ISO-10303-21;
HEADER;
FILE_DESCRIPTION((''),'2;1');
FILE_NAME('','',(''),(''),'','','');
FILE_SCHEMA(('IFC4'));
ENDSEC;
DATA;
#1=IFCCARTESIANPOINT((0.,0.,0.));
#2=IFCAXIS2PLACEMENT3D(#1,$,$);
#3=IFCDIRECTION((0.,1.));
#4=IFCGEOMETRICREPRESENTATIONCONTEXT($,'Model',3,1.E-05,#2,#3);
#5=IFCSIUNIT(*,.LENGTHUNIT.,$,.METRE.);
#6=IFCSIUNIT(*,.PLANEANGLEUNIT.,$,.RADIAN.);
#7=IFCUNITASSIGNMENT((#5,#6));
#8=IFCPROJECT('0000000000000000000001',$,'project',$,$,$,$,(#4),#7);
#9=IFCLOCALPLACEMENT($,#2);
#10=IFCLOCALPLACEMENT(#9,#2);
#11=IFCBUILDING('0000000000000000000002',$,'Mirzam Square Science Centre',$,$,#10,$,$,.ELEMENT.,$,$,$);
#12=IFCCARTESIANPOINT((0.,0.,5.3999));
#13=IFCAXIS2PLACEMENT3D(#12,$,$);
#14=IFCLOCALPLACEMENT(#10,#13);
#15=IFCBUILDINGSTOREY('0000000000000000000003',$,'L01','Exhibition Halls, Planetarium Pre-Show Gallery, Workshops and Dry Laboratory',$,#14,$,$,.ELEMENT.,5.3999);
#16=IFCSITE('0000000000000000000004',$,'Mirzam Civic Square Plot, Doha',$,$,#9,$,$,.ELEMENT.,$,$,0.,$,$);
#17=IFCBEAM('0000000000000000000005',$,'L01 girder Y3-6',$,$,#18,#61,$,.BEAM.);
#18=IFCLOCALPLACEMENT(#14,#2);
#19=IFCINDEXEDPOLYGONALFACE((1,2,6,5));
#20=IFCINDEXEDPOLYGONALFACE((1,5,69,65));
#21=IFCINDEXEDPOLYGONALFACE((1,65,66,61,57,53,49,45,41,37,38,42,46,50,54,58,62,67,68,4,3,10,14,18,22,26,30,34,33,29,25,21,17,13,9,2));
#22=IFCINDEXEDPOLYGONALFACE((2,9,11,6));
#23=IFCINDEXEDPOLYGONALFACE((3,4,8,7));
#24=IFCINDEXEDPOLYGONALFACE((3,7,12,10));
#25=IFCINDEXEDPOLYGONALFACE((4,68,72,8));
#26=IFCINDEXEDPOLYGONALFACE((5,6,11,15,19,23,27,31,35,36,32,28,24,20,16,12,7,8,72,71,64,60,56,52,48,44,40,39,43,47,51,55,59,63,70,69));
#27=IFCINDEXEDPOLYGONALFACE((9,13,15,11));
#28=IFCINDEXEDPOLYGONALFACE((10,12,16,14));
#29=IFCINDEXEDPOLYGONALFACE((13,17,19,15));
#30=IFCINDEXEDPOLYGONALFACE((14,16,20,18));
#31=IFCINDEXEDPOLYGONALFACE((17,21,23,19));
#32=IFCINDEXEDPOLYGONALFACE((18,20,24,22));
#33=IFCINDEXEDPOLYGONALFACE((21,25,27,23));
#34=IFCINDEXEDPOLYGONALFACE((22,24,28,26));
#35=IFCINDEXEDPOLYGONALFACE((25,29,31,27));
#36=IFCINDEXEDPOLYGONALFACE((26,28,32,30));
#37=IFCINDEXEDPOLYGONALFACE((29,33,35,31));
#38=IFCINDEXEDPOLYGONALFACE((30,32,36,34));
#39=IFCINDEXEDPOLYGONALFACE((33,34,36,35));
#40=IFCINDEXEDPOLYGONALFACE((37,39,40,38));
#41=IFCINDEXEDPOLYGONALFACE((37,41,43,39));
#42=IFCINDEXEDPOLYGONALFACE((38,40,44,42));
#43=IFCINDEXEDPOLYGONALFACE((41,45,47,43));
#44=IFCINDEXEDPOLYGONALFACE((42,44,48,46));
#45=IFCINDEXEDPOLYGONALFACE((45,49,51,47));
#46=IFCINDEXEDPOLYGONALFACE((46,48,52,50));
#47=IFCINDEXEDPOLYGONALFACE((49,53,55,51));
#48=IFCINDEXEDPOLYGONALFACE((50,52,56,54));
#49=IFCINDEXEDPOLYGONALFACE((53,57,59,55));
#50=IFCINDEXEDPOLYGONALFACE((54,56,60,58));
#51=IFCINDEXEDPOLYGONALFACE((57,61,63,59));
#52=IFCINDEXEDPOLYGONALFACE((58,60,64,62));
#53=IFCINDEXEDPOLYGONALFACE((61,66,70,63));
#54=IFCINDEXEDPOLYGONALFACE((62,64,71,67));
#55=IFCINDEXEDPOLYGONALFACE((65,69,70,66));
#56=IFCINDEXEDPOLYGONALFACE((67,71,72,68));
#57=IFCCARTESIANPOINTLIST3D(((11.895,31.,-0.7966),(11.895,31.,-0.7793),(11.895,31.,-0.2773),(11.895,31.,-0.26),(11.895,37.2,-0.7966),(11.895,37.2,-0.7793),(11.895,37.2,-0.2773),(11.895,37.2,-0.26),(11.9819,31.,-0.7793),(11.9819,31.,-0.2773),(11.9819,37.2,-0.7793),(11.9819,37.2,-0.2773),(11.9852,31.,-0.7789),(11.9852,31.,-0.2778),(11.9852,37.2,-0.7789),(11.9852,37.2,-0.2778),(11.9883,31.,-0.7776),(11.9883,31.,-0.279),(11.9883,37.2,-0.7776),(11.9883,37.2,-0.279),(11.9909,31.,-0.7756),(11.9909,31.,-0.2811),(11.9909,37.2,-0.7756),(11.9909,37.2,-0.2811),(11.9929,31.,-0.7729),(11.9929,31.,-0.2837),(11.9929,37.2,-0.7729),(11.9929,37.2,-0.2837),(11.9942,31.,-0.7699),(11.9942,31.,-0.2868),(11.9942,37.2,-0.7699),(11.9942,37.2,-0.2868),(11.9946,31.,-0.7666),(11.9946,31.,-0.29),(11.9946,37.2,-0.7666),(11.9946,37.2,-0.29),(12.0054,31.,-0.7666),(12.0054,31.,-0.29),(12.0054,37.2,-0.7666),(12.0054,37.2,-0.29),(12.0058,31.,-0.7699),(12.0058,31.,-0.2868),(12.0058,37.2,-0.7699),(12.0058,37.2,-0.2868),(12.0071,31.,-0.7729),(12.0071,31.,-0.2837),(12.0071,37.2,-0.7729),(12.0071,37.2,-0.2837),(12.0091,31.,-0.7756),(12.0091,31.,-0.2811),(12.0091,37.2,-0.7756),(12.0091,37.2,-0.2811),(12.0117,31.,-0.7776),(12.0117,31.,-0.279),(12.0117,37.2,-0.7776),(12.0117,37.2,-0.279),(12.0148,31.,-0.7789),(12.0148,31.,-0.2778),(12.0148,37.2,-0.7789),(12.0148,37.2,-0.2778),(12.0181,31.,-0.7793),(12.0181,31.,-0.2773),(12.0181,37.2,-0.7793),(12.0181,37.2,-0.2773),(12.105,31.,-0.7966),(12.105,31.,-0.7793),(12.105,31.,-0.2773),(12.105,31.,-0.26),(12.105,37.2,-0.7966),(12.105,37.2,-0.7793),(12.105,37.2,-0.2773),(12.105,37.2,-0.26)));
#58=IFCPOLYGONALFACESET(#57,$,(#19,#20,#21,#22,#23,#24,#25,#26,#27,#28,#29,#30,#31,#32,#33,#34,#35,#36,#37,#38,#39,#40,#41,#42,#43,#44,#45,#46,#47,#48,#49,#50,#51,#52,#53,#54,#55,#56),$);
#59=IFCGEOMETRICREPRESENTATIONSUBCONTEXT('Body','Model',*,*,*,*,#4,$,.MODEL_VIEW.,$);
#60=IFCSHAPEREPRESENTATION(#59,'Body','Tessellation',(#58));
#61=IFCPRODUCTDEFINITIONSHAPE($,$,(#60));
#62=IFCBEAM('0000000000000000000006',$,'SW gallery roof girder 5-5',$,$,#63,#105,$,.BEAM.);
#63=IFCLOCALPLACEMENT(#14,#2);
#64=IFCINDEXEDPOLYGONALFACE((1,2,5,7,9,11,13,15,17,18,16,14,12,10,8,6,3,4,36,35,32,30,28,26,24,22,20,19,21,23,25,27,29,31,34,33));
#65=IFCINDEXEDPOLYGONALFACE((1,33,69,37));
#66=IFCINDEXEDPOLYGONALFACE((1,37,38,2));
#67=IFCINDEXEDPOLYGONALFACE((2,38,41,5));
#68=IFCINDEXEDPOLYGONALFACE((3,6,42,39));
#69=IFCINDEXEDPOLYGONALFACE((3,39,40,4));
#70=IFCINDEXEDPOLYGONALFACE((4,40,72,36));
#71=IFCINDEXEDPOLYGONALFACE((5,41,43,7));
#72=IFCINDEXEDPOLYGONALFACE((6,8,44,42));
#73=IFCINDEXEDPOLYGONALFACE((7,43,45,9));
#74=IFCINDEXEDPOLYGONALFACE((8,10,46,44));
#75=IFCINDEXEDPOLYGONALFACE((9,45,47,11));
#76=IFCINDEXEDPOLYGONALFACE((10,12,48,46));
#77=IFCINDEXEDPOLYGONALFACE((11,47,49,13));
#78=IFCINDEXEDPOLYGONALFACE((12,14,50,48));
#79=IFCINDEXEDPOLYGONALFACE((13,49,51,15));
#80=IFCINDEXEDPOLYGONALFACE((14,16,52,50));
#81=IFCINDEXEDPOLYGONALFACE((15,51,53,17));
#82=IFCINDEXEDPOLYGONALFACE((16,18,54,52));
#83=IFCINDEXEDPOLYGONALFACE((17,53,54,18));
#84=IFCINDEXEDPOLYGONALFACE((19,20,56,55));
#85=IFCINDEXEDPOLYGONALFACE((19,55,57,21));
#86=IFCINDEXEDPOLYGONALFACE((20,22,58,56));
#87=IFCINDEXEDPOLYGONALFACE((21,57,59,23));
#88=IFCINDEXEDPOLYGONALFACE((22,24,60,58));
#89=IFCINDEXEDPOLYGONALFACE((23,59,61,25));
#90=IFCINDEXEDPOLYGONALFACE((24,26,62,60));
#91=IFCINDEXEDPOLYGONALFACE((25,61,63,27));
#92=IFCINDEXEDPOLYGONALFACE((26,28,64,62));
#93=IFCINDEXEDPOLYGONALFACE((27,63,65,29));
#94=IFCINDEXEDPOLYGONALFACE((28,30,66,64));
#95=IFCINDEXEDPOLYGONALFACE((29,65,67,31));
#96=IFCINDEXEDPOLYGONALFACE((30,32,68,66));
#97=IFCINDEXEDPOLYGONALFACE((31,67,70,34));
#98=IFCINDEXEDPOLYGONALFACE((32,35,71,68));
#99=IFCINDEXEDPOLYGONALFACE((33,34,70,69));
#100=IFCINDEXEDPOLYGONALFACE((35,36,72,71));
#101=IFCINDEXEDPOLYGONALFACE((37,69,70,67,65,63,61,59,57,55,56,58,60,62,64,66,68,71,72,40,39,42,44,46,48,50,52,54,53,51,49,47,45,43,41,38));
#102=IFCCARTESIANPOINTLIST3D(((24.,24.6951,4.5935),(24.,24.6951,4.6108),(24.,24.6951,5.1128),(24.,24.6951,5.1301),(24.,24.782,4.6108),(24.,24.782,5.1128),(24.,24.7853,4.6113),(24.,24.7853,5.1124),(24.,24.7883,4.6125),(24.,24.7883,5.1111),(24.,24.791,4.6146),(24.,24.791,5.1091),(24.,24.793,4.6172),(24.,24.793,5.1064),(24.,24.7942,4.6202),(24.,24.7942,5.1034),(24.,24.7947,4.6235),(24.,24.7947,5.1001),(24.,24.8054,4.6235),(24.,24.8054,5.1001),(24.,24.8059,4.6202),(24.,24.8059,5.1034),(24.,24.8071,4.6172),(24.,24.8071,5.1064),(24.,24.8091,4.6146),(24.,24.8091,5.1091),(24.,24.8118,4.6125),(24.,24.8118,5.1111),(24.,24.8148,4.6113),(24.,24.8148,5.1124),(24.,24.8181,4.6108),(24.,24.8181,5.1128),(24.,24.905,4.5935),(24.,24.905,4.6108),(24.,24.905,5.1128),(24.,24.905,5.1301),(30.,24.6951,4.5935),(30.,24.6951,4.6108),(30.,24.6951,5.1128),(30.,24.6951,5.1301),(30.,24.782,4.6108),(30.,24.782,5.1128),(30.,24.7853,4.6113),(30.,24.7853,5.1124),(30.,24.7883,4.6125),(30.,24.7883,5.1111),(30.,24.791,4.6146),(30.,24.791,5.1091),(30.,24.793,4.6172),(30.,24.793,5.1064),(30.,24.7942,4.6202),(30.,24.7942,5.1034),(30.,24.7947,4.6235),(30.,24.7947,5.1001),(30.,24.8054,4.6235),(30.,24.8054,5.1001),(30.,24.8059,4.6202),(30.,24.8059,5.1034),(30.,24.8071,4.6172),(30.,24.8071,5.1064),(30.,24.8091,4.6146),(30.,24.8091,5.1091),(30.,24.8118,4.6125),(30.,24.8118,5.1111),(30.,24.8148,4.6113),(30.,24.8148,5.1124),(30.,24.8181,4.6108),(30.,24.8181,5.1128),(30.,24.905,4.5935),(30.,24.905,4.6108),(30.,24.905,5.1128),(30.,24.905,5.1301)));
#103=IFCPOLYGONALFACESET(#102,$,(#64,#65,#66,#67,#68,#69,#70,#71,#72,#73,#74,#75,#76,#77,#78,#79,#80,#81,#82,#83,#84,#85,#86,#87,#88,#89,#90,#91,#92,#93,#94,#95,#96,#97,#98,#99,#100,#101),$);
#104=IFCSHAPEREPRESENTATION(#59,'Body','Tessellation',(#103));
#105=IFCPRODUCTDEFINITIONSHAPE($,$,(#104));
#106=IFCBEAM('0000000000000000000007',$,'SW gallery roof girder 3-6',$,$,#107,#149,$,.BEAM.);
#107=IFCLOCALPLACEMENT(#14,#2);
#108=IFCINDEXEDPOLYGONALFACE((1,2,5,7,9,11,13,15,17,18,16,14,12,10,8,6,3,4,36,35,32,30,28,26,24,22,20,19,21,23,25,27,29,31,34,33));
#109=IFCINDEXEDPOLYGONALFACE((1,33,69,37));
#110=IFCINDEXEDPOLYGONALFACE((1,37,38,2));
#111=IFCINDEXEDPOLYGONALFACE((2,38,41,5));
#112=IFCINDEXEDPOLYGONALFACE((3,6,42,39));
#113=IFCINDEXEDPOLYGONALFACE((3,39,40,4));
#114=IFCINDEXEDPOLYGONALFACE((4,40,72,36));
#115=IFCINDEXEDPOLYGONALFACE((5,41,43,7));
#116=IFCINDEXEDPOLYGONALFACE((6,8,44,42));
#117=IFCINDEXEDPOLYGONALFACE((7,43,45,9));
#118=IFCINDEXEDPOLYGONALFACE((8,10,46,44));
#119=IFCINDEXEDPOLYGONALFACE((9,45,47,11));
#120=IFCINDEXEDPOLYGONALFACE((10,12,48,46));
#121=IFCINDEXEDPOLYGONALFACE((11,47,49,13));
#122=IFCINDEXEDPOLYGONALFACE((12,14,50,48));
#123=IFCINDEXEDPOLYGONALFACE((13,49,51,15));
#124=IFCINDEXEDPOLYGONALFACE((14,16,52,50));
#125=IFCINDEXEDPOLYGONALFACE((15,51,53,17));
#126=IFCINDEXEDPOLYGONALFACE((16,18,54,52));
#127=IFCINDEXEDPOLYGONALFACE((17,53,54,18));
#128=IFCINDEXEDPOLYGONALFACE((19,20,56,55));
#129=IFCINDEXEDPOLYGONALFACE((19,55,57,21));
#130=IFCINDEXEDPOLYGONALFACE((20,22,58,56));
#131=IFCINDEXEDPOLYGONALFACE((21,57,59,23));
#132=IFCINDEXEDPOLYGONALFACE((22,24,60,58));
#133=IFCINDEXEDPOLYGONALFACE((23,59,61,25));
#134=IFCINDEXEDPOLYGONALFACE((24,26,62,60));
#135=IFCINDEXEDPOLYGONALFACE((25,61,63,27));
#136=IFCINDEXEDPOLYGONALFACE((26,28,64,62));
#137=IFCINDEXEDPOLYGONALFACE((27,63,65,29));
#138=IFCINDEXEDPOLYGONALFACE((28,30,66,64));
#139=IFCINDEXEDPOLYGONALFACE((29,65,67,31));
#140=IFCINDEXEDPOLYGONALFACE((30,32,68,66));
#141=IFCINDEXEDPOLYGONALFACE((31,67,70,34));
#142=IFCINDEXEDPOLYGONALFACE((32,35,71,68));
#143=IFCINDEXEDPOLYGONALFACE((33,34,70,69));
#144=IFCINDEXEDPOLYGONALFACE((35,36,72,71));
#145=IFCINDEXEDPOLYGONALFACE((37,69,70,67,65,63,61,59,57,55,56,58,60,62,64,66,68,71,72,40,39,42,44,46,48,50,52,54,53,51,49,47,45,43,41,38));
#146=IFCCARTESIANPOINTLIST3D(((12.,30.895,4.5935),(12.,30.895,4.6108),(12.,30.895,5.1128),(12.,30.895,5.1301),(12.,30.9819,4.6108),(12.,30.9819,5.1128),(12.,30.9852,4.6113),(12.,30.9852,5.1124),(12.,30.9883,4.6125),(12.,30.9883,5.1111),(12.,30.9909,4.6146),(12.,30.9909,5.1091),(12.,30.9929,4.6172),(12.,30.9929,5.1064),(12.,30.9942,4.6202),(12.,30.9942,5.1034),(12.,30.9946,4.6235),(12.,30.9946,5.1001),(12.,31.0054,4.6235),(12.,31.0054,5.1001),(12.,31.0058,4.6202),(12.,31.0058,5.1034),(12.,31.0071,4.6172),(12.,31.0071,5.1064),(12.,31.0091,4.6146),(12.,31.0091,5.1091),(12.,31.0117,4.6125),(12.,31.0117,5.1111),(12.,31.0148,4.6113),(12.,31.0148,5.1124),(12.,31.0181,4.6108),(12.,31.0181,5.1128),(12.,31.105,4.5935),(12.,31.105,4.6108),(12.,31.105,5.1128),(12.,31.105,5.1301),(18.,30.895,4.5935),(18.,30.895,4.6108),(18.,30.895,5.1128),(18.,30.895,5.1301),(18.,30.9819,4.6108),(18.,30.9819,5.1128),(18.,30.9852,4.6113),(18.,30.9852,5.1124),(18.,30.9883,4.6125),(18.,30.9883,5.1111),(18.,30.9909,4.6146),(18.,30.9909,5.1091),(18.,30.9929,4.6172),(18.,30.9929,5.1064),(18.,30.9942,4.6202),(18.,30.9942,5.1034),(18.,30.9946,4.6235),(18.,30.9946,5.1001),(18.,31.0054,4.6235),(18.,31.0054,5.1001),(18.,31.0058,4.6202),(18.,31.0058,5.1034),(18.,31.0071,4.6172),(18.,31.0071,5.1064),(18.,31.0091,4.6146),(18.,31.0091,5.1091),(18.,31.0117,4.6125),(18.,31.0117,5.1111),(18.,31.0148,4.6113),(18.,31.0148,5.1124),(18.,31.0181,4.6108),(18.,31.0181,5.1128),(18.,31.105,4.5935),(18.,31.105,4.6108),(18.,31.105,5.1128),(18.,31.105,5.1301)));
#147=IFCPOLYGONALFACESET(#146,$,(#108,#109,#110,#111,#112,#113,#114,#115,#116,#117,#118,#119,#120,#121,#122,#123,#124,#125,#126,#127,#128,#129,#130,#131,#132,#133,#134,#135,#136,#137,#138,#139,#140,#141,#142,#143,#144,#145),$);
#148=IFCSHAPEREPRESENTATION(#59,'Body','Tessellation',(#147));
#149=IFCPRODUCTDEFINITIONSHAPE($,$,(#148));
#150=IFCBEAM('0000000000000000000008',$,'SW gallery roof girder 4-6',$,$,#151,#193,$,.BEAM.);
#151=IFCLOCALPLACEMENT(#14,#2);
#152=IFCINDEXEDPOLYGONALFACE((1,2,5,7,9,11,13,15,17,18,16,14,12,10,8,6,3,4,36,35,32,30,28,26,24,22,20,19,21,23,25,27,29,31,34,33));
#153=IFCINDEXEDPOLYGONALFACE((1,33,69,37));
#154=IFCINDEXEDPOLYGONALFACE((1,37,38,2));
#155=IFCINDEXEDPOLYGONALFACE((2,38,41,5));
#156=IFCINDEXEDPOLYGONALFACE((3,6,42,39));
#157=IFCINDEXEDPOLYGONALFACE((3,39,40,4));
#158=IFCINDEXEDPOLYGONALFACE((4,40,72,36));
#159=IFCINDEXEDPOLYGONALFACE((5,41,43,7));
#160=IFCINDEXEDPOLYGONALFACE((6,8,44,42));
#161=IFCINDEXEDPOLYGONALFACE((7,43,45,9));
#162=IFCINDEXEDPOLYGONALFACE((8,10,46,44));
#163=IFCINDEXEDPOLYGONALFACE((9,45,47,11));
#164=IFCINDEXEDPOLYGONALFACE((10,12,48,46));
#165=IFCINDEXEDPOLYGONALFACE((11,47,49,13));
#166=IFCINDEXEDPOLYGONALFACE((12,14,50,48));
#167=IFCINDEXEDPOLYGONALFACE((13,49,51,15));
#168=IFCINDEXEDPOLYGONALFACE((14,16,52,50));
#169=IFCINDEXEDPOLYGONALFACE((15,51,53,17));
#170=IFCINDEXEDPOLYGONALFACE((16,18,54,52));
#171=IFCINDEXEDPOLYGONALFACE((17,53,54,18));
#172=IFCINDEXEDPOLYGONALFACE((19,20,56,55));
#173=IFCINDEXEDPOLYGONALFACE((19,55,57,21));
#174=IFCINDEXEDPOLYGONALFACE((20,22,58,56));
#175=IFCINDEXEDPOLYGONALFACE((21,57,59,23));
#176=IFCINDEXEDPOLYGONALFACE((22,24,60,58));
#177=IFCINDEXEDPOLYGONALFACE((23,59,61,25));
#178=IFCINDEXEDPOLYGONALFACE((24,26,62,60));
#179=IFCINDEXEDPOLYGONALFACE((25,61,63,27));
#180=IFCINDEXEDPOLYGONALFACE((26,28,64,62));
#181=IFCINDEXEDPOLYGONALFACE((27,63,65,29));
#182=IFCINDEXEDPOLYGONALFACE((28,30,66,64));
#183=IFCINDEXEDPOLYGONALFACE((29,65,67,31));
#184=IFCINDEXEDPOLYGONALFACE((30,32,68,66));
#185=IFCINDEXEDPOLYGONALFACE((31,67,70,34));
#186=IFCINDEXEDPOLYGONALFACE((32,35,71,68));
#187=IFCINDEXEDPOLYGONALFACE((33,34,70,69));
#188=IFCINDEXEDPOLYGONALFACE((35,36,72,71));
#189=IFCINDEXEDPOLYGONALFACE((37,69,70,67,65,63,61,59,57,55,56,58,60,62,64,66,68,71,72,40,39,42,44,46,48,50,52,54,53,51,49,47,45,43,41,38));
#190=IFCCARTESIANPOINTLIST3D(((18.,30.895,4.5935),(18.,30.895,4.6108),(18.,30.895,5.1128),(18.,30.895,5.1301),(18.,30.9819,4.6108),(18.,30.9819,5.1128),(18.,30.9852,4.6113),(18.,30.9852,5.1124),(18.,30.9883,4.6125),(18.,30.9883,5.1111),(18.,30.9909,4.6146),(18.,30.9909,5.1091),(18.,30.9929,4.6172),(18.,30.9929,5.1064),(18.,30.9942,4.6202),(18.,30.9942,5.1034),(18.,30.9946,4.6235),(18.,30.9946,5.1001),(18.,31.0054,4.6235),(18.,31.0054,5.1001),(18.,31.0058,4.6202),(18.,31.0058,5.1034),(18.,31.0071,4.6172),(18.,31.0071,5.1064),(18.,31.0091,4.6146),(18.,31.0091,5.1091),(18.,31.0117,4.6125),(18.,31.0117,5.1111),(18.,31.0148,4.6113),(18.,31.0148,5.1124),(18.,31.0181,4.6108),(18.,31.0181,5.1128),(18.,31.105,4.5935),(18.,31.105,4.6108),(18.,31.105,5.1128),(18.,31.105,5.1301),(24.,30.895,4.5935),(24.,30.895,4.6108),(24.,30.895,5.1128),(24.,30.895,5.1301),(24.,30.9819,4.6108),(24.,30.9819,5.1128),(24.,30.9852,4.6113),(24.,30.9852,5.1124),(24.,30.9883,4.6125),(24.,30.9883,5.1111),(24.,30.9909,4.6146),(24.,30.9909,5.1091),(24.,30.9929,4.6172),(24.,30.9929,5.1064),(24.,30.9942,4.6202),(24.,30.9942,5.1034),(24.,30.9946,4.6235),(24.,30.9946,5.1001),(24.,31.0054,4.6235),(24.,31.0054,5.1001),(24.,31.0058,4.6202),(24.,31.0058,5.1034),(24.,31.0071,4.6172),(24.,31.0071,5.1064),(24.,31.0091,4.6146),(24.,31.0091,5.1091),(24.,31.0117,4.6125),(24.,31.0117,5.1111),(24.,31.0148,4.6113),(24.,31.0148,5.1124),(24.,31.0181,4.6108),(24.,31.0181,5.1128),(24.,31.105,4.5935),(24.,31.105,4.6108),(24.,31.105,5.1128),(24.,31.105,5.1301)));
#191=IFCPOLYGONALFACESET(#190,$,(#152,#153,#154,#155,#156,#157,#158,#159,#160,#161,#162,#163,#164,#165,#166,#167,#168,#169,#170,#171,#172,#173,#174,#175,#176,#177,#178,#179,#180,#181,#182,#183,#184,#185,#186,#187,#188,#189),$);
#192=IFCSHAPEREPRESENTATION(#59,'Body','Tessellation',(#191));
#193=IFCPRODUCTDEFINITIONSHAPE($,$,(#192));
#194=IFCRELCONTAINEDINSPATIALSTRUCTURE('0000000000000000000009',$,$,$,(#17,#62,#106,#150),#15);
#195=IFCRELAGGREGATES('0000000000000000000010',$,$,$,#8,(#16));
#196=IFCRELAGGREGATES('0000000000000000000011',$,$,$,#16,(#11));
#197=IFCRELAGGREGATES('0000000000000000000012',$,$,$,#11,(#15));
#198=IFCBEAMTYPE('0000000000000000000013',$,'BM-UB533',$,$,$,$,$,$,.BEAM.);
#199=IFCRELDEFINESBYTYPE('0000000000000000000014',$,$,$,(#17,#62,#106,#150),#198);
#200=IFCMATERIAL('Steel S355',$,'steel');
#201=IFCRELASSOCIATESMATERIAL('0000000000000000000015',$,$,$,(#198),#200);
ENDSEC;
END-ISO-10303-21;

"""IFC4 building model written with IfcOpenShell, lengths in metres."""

from ifc_helpers import new_model, si_unit, direction, frame, origin, origin_2d, place, context, subcontext, project, spatial, i_section, extrude, material, material_profile, profile_set, type_object, element, save


model = new_model("IFC4")

# Units and contexts
model_context = context("Model", 3, precision=1e-05, world=origin(), true_north=direction((0.0, 1.0)))
body_context = subcontext(model_context, "Body", "Model", "MODEL_VIEW")
ifc_project = project(units=[si_unit("LENGTHUNIT", "METRE"), si_unit("PLANEANGLEUNIT", "RADIAN")], contexts=[model_context])

# Site, building, storey
site_placement = place(None, origin())
site = spatial("IfcSite", under=ifc_project, at=site_placement, Name="Mirzam Civic Square Plot, Doha", CompositionType="ELEMENT", RefElevation=0.0)
building_placement = place(site_placement, origin())
building = spatial("IfcBuilding", under=site, at=building_placement, Name="Mirzam Square Science Centre", CompositionType="ELEMENT")
storey_placement = place(building_placement, frame((0.0, 0.0, 5.3999)))
storey = spatial("IfcBuildingStorey", under=building, at=storey_placement, Name="L01", Description="Exhibition Halls, Planetarium Pre-Show Gallery, Workshops and Dry Laboratory", CompositionType="ELEMENT", Elevation=5.3999)

# Shared definitions
ifc_material_1 = material(Name="Steel S355", Category="steel")

# Beams
ifc_material_profile_1 = material_profile(ifc_material_1, i_section(OverallWidth=0.21, OverallDepth=0.5366, WebThickness=0.0107, FlangeThickness=0.0173, FilletRadius=0.0127, at=origin_2d()), Name="533x210x101UB")
ifc_profile_set_1 = profile_set([ifc_material_profile_1], Name="Steel S355")
beam_type_1 = type_object("IfcBeamType", Name="BM-UB533", PredefinedType="BEAM", material=ifc_profile_set_1)
beam_1_placement = place(storey_placement, frame((12.0, 31.0, -0.5283), z_axis=(0.0, 1.0, 0.0), x_axis=(-1.0, 0.0, 0.0)))
element("IfcBeam", 1, at=beam_1_placement, inside=storey, type_object=beam_type_1, Name="L01 girder Y3-6", PredefinedType="BEAM", context=body_context, shape_type="SweptSolid", body=[
    extrude(i_section(OverallWidth=0.21, OverallDepth=0.5366, WebThickness=0.0107, FlangeThickness=0.0173, FilletRadius=0.0127, at=origin_2d()), origin(), (0.0, 0.0, 1.0), 6.2),
])
for number, where, z_axis, x_axis, name in (
    (2, (24.0, 24.8, 4.8618), (1.0, 0.0, 0.0), (0.0, 1.0, 0.0), "SW gallery roof girder 5-5"),
    (3, (12.0, 31.0, 4.8618), (1.0, 0.0, 0.0), (0.0, 1.0, 0.0), "SW gallery roof girder 3-6"),
    (4, (18.0, 31.0, 4.8618), (1.0, 0.0, 0.0), (0.0, 1.0, 0.0), "SW gallery roof girder 4-6"),
):
    element("IfcBeam", number, at=place(storey_placement, frame(where, z_axis=z_axis, x_axis=x_axis)), inside=storey, type_object=beam_type_1, Name=name, PredefinedType="BEAM", context=body_context, shape_type="SweptSolid", body=[
        extrude(i_section(OverallWidth=0.21, OverallDepth=0.5366, WebThickness=0.0107, FlangeThickness=0.0173, FilletRadius=0.0127, at=origin_2d()), origin(), (0.0, 0.0, 1.0), 6.0),
    ])

save(model, "model.ifc")
